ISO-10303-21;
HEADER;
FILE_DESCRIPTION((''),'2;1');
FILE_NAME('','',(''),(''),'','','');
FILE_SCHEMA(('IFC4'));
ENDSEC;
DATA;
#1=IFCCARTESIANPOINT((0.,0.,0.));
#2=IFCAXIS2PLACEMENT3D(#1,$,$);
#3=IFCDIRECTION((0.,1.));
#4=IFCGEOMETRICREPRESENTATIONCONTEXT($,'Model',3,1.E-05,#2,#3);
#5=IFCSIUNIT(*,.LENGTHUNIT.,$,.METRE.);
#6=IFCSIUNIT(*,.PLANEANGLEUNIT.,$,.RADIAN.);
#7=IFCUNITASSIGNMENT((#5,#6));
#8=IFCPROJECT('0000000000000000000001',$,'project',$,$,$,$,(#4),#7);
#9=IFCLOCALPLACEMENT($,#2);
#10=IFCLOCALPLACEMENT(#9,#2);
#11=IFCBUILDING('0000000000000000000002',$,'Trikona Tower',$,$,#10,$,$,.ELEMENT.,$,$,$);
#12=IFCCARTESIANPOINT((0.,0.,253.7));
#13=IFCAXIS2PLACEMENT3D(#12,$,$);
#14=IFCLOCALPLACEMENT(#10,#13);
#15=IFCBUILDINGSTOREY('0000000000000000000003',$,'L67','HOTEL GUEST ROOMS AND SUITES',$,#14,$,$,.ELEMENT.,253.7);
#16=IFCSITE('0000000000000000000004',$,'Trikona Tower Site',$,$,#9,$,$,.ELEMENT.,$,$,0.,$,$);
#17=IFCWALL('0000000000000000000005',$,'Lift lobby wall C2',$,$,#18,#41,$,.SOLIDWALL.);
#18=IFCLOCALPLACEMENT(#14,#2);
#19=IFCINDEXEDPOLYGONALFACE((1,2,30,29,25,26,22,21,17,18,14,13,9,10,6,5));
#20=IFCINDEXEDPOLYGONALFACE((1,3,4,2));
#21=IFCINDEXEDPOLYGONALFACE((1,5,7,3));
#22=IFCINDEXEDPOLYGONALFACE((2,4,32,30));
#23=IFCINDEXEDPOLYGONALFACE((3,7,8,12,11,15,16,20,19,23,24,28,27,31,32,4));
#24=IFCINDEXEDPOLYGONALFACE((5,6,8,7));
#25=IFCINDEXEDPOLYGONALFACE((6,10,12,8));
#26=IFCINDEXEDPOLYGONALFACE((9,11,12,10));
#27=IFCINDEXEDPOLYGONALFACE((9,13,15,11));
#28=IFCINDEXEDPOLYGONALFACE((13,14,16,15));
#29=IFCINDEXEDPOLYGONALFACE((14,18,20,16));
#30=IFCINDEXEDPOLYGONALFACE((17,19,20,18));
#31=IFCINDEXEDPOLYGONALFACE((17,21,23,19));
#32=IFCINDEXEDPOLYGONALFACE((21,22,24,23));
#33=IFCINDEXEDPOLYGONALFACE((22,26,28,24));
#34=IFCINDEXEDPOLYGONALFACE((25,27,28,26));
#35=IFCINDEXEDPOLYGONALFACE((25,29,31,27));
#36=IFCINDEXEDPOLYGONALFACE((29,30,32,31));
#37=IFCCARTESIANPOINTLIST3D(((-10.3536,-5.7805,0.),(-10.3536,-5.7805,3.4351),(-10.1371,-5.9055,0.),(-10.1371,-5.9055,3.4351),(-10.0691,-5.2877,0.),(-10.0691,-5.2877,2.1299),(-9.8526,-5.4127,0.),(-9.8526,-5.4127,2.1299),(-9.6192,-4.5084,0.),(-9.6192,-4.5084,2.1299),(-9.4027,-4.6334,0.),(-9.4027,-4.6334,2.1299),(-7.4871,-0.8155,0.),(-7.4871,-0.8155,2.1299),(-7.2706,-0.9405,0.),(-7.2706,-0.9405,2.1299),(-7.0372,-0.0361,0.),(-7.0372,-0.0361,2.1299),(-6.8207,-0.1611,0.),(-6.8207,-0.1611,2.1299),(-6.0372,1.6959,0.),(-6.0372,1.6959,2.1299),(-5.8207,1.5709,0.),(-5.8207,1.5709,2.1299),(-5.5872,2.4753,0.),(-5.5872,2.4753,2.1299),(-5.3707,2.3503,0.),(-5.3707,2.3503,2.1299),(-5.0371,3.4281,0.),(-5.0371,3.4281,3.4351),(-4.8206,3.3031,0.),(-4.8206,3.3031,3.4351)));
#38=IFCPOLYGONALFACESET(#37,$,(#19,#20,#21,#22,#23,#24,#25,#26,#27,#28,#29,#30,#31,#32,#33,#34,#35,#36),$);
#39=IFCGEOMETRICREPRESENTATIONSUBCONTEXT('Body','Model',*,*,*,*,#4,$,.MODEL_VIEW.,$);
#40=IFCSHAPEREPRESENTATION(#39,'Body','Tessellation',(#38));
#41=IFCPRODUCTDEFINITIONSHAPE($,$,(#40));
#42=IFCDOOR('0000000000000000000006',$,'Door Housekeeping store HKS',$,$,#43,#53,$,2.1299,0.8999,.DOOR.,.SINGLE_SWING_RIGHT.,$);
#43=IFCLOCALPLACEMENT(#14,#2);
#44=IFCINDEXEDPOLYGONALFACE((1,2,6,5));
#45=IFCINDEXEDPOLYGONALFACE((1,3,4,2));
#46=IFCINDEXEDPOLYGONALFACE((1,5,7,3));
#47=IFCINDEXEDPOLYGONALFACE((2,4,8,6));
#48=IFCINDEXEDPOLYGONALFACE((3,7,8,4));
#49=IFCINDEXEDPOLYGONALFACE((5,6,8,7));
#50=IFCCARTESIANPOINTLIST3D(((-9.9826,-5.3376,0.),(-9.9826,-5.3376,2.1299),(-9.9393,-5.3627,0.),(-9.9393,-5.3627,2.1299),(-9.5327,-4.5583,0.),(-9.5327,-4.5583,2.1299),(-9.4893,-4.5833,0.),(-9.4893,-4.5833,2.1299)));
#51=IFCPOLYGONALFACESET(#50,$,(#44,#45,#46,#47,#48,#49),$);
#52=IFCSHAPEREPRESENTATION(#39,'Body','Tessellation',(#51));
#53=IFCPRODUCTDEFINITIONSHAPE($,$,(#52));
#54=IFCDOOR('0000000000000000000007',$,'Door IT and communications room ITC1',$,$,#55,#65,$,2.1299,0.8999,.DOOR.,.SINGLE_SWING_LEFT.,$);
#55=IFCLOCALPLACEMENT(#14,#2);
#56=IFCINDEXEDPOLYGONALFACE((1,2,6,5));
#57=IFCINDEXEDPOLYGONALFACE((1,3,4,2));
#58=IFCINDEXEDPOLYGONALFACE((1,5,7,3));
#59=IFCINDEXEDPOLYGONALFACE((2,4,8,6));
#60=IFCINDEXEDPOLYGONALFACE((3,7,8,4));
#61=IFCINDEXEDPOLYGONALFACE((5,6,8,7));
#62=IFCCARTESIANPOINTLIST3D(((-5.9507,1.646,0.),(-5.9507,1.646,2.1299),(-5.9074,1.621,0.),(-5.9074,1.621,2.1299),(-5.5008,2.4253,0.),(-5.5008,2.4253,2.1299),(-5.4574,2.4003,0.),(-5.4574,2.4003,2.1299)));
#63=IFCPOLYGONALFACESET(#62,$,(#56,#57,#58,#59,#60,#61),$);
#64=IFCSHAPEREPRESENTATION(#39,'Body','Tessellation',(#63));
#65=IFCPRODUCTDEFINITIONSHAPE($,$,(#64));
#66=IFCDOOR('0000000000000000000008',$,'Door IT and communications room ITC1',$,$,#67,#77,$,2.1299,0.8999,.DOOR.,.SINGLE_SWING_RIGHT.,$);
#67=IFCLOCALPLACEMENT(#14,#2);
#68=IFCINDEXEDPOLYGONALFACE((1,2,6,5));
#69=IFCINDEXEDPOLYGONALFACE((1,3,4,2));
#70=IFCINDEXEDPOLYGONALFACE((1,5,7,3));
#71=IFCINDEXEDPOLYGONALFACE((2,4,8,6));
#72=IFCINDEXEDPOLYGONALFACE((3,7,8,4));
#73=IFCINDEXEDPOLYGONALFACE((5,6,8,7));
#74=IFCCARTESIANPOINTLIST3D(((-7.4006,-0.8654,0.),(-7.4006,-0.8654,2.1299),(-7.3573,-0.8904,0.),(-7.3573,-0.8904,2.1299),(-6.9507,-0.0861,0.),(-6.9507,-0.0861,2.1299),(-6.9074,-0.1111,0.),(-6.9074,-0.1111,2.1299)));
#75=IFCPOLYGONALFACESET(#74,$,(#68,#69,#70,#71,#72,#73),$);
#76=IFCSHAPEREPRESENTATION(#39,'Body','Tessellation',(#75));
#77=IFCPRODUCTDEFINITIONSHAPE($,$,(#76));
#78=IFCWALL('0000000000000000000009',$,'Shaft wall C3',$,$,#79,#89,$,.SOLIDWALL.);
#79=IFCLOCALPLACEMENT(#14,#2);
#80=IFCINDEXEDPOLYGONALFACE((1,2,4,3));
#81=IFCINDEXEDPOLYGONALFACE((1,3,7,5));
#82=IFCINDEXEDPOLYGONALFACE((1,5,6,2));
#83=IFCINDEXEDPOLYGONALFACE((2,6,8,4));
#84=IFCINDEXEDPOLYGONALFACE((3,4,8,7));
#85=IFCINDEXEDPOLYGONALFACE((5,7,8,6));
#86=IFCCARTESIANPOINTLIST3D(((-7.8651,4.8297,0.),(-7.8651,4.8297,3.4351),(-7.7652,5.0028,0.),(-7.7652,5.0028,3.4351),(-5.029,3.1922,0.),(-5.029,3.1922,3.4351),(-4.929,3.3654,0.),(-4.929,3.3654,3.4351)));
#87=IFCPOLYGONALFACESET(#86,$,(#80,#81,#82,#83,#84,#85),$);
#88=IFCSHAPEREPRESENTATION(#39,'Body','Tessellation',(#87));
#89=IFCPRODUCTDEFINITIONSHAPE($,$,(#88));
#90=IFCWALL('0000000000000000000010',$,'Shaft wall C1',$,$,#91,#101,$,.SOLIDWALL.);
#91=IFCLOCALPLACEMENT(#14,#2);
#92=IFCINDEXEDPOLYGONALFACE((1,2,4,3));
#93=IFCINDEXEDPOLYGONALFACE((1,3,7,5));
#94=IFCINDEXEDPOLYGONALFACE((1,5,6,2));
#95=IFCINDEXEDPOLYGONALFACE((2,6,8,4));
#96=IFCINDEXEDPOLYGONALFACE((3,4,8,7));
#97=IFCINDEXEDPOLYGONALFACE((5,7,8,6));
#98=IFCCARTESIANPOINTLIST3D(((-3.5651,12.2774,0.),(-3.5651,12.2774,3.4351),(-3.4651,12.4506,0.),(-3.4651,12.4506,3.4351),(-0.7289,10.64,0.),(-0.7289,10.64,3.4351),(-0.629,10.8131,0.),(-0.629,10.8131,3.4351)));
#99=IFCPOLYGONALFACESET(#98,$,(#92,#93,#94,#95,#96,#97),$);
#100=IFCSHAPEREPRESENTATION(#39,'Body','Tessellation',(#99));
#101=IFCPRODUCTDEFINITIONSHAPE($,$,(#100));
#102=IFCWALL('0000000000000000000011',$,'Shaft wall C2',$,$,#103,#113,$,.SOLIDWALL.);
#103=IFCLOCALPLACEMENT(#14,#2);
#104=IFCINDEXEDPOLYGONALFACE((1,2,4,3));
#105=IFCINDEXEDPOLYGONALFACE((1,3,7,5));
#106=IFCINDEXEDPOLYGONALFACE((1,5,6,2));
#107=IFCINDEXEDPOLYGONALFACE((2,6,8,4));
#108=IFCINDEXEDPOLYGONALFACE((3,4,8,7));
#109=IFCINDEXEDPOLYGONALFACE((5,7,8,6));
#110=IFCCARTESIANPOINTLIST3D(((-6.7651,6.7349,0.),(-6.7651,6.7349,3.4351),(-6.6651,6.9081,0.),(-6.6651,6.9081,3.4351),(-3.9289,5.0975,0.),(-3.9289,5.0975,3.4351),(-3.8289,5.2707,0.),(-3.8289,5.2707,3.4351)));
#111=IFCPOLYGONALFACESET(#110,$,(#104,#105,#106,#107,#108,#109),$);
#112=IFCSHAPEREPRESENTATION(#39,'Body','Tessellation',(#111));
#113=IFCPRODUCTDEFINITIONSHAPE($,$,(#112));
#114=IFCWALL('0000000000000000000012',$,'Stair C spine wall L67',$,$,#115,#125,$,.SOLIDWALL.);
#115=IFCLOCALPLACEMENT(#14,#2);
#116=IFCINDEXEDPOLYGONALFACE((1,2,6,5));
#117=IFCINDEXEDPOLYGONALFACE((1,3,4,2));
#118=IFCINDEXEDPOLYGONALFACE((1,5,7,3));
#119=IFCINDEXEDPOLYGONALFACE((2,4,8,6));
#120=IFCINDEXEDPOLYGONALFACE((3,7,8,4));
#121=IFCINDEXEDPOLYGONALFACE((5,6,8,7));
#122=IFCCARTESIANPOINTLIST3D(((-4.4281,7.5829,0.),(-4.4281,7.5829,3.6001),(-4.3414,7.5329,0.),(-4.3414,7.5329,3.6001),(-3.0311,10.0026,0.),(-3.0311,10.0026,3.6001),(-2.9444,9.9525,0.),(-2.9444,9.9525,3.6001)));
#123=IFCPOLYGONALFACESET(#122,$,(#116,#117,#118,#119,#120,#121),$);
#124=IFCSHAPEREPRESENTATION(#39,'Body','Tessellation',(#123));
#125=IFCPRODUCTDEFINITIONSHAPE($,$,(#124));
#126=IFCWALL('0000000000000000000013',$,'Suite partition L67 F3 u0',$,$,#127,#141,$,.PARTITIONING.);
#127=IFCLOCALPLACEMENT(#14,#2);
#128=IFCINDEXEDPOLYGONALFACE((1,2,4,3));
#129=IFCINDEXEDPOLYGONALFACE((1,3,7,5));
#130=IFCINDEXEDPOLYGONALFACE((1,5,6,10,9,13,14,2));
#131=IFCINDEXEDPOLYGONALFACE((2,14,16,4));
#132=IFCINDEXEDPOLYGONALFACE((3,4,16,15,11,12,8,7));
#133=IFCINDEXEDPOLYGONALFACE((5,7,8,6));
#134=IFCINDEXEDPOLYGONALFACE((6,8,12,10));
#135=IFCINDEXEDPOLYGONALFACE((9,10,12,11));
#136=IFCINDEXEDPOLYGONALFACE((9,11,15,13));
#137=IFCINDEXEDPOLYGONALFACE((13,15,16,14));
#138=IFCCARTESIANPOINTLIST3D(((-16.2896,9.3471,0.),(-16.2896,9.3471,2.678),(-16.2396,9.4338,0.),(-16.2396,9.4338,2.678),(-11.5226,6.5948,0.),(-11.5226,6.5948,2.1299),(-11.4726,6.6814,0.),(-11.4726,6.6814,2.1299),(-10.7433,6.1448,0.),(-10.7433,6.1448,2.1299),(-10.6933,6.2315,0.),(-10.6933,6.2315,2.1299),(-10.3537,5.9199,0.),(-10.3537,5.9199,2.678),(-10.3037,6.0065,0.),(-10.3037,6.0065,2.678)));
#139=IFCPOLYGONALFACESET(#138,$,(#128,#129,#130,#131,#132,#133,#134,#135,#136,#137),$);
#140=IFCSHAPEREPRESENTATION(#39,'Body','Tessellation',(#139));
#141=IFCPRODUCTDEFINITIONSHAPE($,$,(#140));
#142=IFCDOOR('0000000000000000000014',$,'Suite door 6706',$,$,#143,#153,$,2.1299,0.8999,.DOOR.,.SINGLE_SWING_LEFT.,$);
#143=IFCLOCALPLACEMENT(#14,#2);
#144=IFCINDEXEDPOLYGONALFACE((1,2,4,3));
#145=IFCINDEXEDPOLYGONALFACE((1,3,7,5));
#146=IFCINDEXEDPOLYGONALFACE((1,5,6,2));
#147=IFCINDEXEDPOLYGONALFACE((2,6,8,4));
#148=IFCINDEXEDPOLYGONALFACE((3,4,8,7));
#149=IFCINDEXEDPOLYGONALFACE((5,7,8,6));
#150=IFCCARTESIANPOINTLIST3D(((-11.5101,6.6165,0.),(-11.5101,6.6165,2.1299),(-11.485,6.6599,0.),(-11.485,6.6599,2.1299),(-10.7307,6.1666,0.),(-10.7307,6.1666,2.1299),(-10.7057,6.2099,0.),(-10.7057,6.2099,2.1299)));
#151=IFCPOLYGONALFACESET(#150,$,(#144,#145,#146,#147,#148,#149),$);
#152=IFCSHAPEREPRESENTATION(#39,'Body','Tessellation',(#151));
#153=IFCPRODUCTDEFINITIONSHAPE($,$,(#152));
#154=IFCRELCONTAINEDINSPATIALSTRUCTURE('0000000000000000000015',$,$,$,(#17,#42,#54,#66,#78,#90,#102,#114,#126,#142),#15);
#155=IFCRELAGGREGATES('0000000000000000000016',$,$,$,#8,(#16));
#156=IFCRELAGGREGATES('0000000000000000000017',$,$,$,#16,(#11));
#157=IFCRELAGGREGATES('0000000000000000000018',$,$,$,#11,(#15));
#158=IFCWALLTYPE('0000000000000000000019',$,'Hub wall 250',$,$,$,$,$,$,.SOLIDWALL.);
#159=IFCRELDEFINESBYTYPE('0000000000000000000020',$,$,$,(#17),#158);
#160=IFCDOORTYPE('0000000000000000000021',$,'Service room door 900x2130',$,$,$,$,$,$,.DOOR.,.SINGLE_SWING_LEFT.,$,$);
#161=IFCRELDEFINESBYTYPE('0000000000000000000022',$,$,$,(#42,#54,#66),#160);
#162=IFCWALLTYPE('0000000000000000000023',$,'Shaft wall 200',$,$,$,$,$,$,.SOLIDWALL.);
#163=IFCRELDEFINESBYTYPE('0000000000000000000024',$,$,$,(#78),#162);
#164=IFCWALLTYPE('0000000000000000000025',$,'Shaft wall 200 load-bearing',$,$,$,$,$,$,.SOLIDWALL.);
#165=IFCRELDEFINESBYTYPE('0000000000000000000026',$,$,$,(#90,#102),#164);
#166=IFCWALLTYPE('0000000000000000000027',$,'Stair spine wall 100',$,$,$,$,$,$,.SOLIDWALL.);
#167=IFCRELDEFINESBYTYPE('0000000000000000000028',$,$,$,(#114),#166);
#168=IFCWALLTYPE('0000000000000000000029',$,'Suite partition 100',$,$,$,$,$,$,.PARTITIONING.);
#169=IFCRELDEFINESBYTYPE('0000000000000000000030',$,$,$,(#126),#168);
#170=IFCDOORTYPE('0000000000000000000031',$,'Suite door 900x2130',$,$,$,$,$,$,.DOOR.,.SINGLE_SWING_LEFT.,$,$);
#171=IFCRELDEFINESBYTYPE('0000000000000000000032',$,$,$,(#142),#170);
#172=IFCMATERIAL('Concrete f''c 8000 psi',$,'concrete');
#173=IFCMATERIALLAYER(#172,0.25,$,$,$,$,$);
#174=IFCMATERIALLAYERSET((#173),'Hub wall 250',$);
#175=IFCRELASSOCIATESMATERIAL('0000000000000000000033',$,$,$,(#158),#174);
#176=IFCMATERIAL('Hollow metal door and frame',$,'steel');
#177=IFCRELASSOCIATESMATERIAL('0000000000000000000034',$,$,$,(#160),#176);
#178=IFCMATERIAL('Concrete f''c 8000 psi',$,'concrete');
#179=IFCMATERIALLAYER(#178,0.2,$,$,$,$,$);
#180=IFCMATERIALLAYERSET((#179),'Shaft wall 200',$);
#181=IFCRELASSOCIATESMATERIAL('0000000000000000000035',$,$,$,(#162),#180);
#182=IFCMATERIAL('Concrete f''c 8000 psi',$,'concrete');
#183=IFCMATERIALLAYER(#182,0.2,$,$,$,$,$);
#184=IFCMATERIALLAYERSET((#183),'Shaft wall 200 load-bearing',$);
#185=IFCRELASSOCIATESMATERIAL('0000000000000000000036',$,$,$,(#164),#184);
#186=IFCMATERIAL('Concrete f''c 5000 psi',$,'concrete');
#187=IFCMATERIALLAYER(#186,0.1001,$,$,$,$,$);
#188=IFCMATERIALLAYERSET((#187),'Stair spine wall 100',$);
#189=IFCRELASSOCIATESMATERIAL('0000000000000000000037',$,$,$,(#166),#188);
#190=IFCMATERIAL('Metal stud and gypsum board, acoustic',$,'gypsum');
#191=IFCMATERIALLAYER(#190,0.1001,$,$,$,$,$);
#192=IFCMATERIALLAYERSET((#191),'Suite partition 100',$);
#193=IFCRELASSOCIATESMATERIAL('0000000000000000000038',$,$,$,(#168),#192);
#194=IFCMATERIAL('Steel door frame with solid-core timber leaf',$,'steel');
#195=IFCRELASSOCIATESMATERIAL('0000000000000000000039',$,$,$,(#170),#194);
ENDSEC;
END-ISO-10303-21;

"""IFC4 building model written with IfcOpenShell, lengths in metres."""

from ifc_helpers import new_model, si_unit, direction, frame, frame_2d, origin, place, context, subcontext, project, spatial, rectangle, extrude, material, layer, layer_set, type_object, element, fill, save


model = new_model("IFC4")

# Units and contexts
model_context = context("Model", 3, precision=1e-05, world=origin(), true_north=direction((0.0, 1.0)))
body_context = subcontext(model_context, "Body", "Model", "MODEL_VIEW")
ifc_project = project(units=[si_unit("LENGTHUNIT", "METRE"), si_unit("PLANEANGLEUNIT", "RADIAN")], contexts=[model_context])

# Site, building, storey
site_placement = place(None, origin())
site = spatial("IfcSite", under=ifc_project, at=site_placement, Name="Trikona Tower Site", CompositionType="ELEMENT", RefElevation=0.0)
building_placement = place(site_placement, origin())
building = spatial("IfcBuilding", under=site, at=building_placement, Name="Trikona Tower", CompositionType="ELEMENT")
storey_placement = place(building_placement, frame((0.0, 0.0, 253.7)))
storey = spatial("IfcBuildingStorey", under=building, at=storey_placement, Name="L67", Description="HOTEL GUEST ROOMS AND SUITES", CompositionType="ELEMENT", Elevation=253.7)

# Wall, openings, doors
ifc_material_1 = material(Name="Concrete f'c 8000 psi", Category="concrete")
ifc_layer_1 = layer(ifc_material_1, 0.25)
ifc_layer_set_1 = layer_set([ifc_layer_1], Name="Hub wall 250")
wall_type_1 = type_object("IfcWallType", Name="Hub wall 250", PredefinedType="SOLIDWALL", material=ifc_layer_set_1)
wall_1_placement = place(storey_placement, frame((-4.929, 3.3655, 0.0), z_axis=(0.0, 0.0, 1.0), x_axis=(-0.499991, -0.86603, 0.0)))
wall_1 = element("IfcWall", 1, at=wall_1_placement, inside=storey, type_object=wall_type_1, Name="Lift lobby wall C2", PredefinedType="SOLIDWALL", context=body_context, shape_type="SweptSolid", body=[
    extrude(rectangle(XDim=10.6331, YDim=0.25, at=frame_2d((5.3164, 0.0))), origin(), (0.0, 0.0, 1.0), 3.4351),
])
opening_1_placement = place(wall_1_placement, frame((9.1641, 0.0, 0.0)))
opening_1 = element("IfcOpeningElement", 2, at=opening_1_placement, cuts=wall_1, PredefinedType="OPENING", context=body_context, shape_type="SweptSolid", body=[
    extrude(rectangle(XDim=0.8999, YDim=2.1299, at=frame_2d((0.45, 1.0649))), frame((0.0, 0.135, 0.0), z_axis=(0.0, -1.0, 0.0), x_axis=(1.0, 0.0, 0.0)), (0.0, 0.0, 1.0), 0.27),
])
opening_2_placement = place(wall_1_placement, frame((1.1001, 0.0, 0.0)))
opening_2 = element("IfcOpeningElement", 3, at=opening_2_placement, cuts=wall_1, PredefinedType="OPENING", context=body_context, shape_type="SweptSolid", body=[
    extrude(rectangle(XDim=0.8999, YDim=2.1299, at=frame_2d((0.45, 1.0649))), frame((0.0, 0.135, 0.0), z_axis=(0.0, -1.0, 0.0), x_axis=(1.0, 0.0, 0.0)), (0.0, 0.0, 1.0), 0.27),
])
opening_3_placement = place(wall_1_placement, frame((4.0, 0.0, 0.0)))
opening_3 = element("IfcOpeningElement", 4, at=opening_3_placement, cuts=wall_1, PredefinedType="OPENING", context=body_context, shape_type="SweptSolid", body=[
    extrude(rectangle(XDim=0.8999, YDim=2.1299, at=frame_2d((0.45, 1.0649))), frame((0.0, 0.135, 0.0), z_axis=(0.0, -1.0, 0.0), x_axis=(1.0, 0.0, 0.0)), (0.0, 0.0, 1.0), 0.27),
])
ifc_material_2 = material(Name="Hollow metal door and frame", Category="steel")
door_type_1 = type_object("IfcDoorType", Name="Service room door 900x2130", OperationType="SINGLE_SWING_LEFT", PredefinedType="DOOR", material=ifc_material_2)
door_1_placement = place(opening_1_placement, origin())
door_1 = element("IfcDoor", 5, at=door_1_placement, inside=storey, type_object=door_type_1, Name="Door Housekeeping store HKS", OperationType="SINGLE_SWING_RIGHT", OverallHeight=2.1299, OverallWidth=0.8999, PredefinedType="DOOR", context=body_context, shape_type="SweptSolid", body=[
    extrude(rectangle(XDim=0.8999, YDim=2.1299, at=frame_2d((0.45, 1.0649))), frame((0.0, 0.0249, 0.0), z_axis=(0.0, -1.0, 0.0), x_axis=(1.0, 0.0, 0.0)), (0.0, 0.0, 1.0), 0.05),
])
fill(opening_1, door_1)
door_2_placement = place(opening_2_placement, origin())
door_2 = element("IfcDoor", 6, at=door_2_placement, inside=storey, type_object=door_type_1, Name="Door IT and communications room ITC1", OperationType="SINGLE_SWING_LEFT", OverallHeight=2.1299, OverallWidth=0.8999, PredefinedType="DOOR", context=body_context, shape_type="SweptSolid", body=[
    extrude(rectangle(XDim=0.8999, YDim=2.1299, at=frame_2d((0.45, 1.0649))), frame((0.0, 0.0249, 0.0), z_axis=(0.0, -1.0, 0.0), x_axis=(1.0, 0.0, 0.0)), (0.0, 0.0, 1.0), 0.05),
])
fill(opening_2, door_2)
door_3_placement = place(opening_3_placement, origin())
door_3 = element("IfcDoor", 7, at=door_3_placement, inside=storey, type_object=door_type_1, Name="Door IT and communications room ITC1", OperationType="SINGLE_SWING_RIGHT", OverallHeight=2.1299, OverallWidth=0.8999, PredefinedType="DOOR", context=body_context, shape_type="SweptSolid", body=[
    extrude(rectangle(XDim=0.8999, YDim=2.1299, at=frame_2d((0.45, 1.0649))), frame((0.0, 0.0249, 0.0), z_axis=(0.0, -1.0, 0.0), x_axis=(1.0, 0.0, 0.0)), (0.0, 0.0, 1.0), 0.05),
])
fill(opening_3, door_3)

# Walls
ifc_material_3 = material(Name="Concrete f'c 8000 psi", Category="concrete")
ifc_layer_2 = layer(ifc_material_3, 0.2)
ifc_layer_set_2 = layer_set([ifc_layer_2], Name="Shaft wall 200")
wall_type_2 = type_object("IfcWallType", Name="Shaft wall 200", PredefinedType="SOLIDWALL", material=ifc_layer_set_2)
wall_2_placement = place(storey_placement, frame((-4.979, 3.2788, 0.0), z_axis=(0.0, 0.0, 1.0), x_axis=(-0.866028, 0.499996, 0.0)))
element("IfcWall", 8, at=wall_2_placement, inside=storey, type_object=wall_type_2, Name="Shaft wall C3", PredefinedType="SOLIDWALL", context=body_context, shape_type="SweptSolid", body=[
    extrude(rectangle(XDim=3.2749, YDim=0.2, at=frame_2d((1.6375, 0.0))), origin(), (0.0, 0.0, 1.0), 3.4351),
])
ifc_material_4 = material(Name="Concrete f'c 8000 psi", Category="concrete")
ifc_layer_3 = layer(ifc_material_4, 0.2)
ifc_layer_set_3 = layer_set([ifc_layer_3], Name="Shaft wall 200 load-bearing")
wall_type_3 = type_object("IfcWallType", Name="Shaft wall 200 load-bearing", PredefinedType="SOLIDWALL", material=ifc_layer_set_3)
for number, where, z_axis, x_axis, name in (
    (9, (-0.679, 10.7266, 0.0), (0.0, 0.0, 1.0), (-0.866028, 0.499996, 0.0), "Shaft wall C1"),
    (10, (-3.8789, 5.1841, 0.0), (0.0, 0.0, 1.0), (-0.866028, 0.499996, 0.0), "Shaft wall C2"),
):
    element("IfcWall", number, at=place(storey_placement, frame(where, z_axis=z_axis, x_axis=x_axis)), inside=storey, type_object=wall_type_3, Name=name, PredefinedType="SOLIDWALL", context=body_context, shape_type="SweptSolid", body=[
        extrude(rectangle(XDim=3.2749, YDim=0.2, at=frame_2d((1.6375, 0.0))), origin(), (0.0, 0.0, 1.0), 3.4351),
    ])
ifc_material_5 = material(Name="Concrete f'c 5000 psi", Category="concrete")
ifc_layer_4 = layer(ifc_material_5, 0.1001)
ifc_layer_set_4 = layer_set([ifc_layer_4], Name="Stair spine wall 100")
wall_type_4 = type_object("IfcWallType", Name="Stair spine wall 100", PredefinedType="SOLIDWALL", material=ifc_layer_set_4)
wall_3_placement = place(storey_placement, frame((-2.9878, 9.9775, 0.0), z_axis=(0.0, 0.0, 1.0), x_axis=(-0.499992, -0.86603, 0.0)))
element("IfcWall", 11, at=wall_3_placement, inside=storey, type_object=wall_type_4, Name="Stair C spine wall L67", PredefinedType="SOLIDWALL", context=body_context, shape_type="SweptSolid", body=[
    extrude(rectangle(XDim=2.7939, YDim=0.1001, at=frame_2d((1.397, 0.0))), origin(), (0.0, 0.0, 1.0), 3.6001),
])

# Wall, opening, door
ifc_material_6 = material(Name="Metal stud and gypsum board, acoustic", Category="gypsum")
ifc_layer_5 = layer(ifc_material_6, 0.1001)
ifc_layer_set_5 = layer_set([ifc_layer_5], Name="Suite partition 100")
wall_type_5 = type_object("IfcWallType", Name="Suite partition 100", PredefinedType="PARTITIONING", material=ifc_layer_set_5)
wall_4_placement = place(storey_placement, frame((-10.3286, 5.9631, 0.0), z_axis=(0.0, 0.0, 1.0), x_axis=(-0.866012, 0.500024, 0.0)))
wall_4 = element("IfcWall", 12, at=wall_4_placement, inside=storey, type_object=wall_type_5, Name="Suite partition L67 F3 u0", PredefinedType="PARTITIONING", context=body_context, shape_type="SweptSolid", body=[
    extrude(rectangle(XDim=6.8542, YDim=0.1001, at=frame_2d((3.4272, 0.0))), origin(), (0.0, 0.0, 1.0), 2.678),
])
opening_4_placement = place(wall_4_placement, frame((0.45, 0.0, 0.0)))
opening_4 = element("IfcOpeningElement", 13, at=opening_4_placement, cuts=wall_4, PredefinedType="OPENING", context=body_context, shape_type="SweptSolid", body=[
    extrude(rectangle(XDim=0.8999, YDim=2.1299, at=frame_2d((0.45, 1.0649))), frame((0.0, 0.0601, 0.0), z_axis=(0.0, -1.0, 0.0), x_axis=(1.0, 0.0, 0.0)), (0.0, 0.0, 1.0), 0.1201),
])
ifc_material_7 = material(Name="Steel door frame with solid-core timber leaf", Category="steel")
door_type_2 = type_object("IfcDoorType", Name="Suite door 900x2130", OperationType="SINGLE_SWING_LEFT", PredefinedType="DOOR", material=ifc_material_7)
door_4_placement = place(opening_4_placement, origin())
door_4 = element("IfcDoor", 14, at=door_4_placement, inside=storey, type_object=door_type_2, Name="Suite door 6706", OperationType="SINGLE_SWING_LEFT", OverallHeight=2.1299, OverallWidth=0.8999, PredefinedType="DOOR", context=body_context, shape_type="SweptSolid", body=[
    extrude(rectangle(XDim=0.8999, YDim=2.1299, at=frame_2d((0.45, 1.0649))), frame((0.0, 0.0249, 0.0), z_axis=(0.0, -1.0, 0.0), x_axis=(1.0, 0.0, 0.0)), (0.0, 0.0, 1.0), 0.05),
])
fill(opening_4, door_4)

save(model, "model.ifc")
